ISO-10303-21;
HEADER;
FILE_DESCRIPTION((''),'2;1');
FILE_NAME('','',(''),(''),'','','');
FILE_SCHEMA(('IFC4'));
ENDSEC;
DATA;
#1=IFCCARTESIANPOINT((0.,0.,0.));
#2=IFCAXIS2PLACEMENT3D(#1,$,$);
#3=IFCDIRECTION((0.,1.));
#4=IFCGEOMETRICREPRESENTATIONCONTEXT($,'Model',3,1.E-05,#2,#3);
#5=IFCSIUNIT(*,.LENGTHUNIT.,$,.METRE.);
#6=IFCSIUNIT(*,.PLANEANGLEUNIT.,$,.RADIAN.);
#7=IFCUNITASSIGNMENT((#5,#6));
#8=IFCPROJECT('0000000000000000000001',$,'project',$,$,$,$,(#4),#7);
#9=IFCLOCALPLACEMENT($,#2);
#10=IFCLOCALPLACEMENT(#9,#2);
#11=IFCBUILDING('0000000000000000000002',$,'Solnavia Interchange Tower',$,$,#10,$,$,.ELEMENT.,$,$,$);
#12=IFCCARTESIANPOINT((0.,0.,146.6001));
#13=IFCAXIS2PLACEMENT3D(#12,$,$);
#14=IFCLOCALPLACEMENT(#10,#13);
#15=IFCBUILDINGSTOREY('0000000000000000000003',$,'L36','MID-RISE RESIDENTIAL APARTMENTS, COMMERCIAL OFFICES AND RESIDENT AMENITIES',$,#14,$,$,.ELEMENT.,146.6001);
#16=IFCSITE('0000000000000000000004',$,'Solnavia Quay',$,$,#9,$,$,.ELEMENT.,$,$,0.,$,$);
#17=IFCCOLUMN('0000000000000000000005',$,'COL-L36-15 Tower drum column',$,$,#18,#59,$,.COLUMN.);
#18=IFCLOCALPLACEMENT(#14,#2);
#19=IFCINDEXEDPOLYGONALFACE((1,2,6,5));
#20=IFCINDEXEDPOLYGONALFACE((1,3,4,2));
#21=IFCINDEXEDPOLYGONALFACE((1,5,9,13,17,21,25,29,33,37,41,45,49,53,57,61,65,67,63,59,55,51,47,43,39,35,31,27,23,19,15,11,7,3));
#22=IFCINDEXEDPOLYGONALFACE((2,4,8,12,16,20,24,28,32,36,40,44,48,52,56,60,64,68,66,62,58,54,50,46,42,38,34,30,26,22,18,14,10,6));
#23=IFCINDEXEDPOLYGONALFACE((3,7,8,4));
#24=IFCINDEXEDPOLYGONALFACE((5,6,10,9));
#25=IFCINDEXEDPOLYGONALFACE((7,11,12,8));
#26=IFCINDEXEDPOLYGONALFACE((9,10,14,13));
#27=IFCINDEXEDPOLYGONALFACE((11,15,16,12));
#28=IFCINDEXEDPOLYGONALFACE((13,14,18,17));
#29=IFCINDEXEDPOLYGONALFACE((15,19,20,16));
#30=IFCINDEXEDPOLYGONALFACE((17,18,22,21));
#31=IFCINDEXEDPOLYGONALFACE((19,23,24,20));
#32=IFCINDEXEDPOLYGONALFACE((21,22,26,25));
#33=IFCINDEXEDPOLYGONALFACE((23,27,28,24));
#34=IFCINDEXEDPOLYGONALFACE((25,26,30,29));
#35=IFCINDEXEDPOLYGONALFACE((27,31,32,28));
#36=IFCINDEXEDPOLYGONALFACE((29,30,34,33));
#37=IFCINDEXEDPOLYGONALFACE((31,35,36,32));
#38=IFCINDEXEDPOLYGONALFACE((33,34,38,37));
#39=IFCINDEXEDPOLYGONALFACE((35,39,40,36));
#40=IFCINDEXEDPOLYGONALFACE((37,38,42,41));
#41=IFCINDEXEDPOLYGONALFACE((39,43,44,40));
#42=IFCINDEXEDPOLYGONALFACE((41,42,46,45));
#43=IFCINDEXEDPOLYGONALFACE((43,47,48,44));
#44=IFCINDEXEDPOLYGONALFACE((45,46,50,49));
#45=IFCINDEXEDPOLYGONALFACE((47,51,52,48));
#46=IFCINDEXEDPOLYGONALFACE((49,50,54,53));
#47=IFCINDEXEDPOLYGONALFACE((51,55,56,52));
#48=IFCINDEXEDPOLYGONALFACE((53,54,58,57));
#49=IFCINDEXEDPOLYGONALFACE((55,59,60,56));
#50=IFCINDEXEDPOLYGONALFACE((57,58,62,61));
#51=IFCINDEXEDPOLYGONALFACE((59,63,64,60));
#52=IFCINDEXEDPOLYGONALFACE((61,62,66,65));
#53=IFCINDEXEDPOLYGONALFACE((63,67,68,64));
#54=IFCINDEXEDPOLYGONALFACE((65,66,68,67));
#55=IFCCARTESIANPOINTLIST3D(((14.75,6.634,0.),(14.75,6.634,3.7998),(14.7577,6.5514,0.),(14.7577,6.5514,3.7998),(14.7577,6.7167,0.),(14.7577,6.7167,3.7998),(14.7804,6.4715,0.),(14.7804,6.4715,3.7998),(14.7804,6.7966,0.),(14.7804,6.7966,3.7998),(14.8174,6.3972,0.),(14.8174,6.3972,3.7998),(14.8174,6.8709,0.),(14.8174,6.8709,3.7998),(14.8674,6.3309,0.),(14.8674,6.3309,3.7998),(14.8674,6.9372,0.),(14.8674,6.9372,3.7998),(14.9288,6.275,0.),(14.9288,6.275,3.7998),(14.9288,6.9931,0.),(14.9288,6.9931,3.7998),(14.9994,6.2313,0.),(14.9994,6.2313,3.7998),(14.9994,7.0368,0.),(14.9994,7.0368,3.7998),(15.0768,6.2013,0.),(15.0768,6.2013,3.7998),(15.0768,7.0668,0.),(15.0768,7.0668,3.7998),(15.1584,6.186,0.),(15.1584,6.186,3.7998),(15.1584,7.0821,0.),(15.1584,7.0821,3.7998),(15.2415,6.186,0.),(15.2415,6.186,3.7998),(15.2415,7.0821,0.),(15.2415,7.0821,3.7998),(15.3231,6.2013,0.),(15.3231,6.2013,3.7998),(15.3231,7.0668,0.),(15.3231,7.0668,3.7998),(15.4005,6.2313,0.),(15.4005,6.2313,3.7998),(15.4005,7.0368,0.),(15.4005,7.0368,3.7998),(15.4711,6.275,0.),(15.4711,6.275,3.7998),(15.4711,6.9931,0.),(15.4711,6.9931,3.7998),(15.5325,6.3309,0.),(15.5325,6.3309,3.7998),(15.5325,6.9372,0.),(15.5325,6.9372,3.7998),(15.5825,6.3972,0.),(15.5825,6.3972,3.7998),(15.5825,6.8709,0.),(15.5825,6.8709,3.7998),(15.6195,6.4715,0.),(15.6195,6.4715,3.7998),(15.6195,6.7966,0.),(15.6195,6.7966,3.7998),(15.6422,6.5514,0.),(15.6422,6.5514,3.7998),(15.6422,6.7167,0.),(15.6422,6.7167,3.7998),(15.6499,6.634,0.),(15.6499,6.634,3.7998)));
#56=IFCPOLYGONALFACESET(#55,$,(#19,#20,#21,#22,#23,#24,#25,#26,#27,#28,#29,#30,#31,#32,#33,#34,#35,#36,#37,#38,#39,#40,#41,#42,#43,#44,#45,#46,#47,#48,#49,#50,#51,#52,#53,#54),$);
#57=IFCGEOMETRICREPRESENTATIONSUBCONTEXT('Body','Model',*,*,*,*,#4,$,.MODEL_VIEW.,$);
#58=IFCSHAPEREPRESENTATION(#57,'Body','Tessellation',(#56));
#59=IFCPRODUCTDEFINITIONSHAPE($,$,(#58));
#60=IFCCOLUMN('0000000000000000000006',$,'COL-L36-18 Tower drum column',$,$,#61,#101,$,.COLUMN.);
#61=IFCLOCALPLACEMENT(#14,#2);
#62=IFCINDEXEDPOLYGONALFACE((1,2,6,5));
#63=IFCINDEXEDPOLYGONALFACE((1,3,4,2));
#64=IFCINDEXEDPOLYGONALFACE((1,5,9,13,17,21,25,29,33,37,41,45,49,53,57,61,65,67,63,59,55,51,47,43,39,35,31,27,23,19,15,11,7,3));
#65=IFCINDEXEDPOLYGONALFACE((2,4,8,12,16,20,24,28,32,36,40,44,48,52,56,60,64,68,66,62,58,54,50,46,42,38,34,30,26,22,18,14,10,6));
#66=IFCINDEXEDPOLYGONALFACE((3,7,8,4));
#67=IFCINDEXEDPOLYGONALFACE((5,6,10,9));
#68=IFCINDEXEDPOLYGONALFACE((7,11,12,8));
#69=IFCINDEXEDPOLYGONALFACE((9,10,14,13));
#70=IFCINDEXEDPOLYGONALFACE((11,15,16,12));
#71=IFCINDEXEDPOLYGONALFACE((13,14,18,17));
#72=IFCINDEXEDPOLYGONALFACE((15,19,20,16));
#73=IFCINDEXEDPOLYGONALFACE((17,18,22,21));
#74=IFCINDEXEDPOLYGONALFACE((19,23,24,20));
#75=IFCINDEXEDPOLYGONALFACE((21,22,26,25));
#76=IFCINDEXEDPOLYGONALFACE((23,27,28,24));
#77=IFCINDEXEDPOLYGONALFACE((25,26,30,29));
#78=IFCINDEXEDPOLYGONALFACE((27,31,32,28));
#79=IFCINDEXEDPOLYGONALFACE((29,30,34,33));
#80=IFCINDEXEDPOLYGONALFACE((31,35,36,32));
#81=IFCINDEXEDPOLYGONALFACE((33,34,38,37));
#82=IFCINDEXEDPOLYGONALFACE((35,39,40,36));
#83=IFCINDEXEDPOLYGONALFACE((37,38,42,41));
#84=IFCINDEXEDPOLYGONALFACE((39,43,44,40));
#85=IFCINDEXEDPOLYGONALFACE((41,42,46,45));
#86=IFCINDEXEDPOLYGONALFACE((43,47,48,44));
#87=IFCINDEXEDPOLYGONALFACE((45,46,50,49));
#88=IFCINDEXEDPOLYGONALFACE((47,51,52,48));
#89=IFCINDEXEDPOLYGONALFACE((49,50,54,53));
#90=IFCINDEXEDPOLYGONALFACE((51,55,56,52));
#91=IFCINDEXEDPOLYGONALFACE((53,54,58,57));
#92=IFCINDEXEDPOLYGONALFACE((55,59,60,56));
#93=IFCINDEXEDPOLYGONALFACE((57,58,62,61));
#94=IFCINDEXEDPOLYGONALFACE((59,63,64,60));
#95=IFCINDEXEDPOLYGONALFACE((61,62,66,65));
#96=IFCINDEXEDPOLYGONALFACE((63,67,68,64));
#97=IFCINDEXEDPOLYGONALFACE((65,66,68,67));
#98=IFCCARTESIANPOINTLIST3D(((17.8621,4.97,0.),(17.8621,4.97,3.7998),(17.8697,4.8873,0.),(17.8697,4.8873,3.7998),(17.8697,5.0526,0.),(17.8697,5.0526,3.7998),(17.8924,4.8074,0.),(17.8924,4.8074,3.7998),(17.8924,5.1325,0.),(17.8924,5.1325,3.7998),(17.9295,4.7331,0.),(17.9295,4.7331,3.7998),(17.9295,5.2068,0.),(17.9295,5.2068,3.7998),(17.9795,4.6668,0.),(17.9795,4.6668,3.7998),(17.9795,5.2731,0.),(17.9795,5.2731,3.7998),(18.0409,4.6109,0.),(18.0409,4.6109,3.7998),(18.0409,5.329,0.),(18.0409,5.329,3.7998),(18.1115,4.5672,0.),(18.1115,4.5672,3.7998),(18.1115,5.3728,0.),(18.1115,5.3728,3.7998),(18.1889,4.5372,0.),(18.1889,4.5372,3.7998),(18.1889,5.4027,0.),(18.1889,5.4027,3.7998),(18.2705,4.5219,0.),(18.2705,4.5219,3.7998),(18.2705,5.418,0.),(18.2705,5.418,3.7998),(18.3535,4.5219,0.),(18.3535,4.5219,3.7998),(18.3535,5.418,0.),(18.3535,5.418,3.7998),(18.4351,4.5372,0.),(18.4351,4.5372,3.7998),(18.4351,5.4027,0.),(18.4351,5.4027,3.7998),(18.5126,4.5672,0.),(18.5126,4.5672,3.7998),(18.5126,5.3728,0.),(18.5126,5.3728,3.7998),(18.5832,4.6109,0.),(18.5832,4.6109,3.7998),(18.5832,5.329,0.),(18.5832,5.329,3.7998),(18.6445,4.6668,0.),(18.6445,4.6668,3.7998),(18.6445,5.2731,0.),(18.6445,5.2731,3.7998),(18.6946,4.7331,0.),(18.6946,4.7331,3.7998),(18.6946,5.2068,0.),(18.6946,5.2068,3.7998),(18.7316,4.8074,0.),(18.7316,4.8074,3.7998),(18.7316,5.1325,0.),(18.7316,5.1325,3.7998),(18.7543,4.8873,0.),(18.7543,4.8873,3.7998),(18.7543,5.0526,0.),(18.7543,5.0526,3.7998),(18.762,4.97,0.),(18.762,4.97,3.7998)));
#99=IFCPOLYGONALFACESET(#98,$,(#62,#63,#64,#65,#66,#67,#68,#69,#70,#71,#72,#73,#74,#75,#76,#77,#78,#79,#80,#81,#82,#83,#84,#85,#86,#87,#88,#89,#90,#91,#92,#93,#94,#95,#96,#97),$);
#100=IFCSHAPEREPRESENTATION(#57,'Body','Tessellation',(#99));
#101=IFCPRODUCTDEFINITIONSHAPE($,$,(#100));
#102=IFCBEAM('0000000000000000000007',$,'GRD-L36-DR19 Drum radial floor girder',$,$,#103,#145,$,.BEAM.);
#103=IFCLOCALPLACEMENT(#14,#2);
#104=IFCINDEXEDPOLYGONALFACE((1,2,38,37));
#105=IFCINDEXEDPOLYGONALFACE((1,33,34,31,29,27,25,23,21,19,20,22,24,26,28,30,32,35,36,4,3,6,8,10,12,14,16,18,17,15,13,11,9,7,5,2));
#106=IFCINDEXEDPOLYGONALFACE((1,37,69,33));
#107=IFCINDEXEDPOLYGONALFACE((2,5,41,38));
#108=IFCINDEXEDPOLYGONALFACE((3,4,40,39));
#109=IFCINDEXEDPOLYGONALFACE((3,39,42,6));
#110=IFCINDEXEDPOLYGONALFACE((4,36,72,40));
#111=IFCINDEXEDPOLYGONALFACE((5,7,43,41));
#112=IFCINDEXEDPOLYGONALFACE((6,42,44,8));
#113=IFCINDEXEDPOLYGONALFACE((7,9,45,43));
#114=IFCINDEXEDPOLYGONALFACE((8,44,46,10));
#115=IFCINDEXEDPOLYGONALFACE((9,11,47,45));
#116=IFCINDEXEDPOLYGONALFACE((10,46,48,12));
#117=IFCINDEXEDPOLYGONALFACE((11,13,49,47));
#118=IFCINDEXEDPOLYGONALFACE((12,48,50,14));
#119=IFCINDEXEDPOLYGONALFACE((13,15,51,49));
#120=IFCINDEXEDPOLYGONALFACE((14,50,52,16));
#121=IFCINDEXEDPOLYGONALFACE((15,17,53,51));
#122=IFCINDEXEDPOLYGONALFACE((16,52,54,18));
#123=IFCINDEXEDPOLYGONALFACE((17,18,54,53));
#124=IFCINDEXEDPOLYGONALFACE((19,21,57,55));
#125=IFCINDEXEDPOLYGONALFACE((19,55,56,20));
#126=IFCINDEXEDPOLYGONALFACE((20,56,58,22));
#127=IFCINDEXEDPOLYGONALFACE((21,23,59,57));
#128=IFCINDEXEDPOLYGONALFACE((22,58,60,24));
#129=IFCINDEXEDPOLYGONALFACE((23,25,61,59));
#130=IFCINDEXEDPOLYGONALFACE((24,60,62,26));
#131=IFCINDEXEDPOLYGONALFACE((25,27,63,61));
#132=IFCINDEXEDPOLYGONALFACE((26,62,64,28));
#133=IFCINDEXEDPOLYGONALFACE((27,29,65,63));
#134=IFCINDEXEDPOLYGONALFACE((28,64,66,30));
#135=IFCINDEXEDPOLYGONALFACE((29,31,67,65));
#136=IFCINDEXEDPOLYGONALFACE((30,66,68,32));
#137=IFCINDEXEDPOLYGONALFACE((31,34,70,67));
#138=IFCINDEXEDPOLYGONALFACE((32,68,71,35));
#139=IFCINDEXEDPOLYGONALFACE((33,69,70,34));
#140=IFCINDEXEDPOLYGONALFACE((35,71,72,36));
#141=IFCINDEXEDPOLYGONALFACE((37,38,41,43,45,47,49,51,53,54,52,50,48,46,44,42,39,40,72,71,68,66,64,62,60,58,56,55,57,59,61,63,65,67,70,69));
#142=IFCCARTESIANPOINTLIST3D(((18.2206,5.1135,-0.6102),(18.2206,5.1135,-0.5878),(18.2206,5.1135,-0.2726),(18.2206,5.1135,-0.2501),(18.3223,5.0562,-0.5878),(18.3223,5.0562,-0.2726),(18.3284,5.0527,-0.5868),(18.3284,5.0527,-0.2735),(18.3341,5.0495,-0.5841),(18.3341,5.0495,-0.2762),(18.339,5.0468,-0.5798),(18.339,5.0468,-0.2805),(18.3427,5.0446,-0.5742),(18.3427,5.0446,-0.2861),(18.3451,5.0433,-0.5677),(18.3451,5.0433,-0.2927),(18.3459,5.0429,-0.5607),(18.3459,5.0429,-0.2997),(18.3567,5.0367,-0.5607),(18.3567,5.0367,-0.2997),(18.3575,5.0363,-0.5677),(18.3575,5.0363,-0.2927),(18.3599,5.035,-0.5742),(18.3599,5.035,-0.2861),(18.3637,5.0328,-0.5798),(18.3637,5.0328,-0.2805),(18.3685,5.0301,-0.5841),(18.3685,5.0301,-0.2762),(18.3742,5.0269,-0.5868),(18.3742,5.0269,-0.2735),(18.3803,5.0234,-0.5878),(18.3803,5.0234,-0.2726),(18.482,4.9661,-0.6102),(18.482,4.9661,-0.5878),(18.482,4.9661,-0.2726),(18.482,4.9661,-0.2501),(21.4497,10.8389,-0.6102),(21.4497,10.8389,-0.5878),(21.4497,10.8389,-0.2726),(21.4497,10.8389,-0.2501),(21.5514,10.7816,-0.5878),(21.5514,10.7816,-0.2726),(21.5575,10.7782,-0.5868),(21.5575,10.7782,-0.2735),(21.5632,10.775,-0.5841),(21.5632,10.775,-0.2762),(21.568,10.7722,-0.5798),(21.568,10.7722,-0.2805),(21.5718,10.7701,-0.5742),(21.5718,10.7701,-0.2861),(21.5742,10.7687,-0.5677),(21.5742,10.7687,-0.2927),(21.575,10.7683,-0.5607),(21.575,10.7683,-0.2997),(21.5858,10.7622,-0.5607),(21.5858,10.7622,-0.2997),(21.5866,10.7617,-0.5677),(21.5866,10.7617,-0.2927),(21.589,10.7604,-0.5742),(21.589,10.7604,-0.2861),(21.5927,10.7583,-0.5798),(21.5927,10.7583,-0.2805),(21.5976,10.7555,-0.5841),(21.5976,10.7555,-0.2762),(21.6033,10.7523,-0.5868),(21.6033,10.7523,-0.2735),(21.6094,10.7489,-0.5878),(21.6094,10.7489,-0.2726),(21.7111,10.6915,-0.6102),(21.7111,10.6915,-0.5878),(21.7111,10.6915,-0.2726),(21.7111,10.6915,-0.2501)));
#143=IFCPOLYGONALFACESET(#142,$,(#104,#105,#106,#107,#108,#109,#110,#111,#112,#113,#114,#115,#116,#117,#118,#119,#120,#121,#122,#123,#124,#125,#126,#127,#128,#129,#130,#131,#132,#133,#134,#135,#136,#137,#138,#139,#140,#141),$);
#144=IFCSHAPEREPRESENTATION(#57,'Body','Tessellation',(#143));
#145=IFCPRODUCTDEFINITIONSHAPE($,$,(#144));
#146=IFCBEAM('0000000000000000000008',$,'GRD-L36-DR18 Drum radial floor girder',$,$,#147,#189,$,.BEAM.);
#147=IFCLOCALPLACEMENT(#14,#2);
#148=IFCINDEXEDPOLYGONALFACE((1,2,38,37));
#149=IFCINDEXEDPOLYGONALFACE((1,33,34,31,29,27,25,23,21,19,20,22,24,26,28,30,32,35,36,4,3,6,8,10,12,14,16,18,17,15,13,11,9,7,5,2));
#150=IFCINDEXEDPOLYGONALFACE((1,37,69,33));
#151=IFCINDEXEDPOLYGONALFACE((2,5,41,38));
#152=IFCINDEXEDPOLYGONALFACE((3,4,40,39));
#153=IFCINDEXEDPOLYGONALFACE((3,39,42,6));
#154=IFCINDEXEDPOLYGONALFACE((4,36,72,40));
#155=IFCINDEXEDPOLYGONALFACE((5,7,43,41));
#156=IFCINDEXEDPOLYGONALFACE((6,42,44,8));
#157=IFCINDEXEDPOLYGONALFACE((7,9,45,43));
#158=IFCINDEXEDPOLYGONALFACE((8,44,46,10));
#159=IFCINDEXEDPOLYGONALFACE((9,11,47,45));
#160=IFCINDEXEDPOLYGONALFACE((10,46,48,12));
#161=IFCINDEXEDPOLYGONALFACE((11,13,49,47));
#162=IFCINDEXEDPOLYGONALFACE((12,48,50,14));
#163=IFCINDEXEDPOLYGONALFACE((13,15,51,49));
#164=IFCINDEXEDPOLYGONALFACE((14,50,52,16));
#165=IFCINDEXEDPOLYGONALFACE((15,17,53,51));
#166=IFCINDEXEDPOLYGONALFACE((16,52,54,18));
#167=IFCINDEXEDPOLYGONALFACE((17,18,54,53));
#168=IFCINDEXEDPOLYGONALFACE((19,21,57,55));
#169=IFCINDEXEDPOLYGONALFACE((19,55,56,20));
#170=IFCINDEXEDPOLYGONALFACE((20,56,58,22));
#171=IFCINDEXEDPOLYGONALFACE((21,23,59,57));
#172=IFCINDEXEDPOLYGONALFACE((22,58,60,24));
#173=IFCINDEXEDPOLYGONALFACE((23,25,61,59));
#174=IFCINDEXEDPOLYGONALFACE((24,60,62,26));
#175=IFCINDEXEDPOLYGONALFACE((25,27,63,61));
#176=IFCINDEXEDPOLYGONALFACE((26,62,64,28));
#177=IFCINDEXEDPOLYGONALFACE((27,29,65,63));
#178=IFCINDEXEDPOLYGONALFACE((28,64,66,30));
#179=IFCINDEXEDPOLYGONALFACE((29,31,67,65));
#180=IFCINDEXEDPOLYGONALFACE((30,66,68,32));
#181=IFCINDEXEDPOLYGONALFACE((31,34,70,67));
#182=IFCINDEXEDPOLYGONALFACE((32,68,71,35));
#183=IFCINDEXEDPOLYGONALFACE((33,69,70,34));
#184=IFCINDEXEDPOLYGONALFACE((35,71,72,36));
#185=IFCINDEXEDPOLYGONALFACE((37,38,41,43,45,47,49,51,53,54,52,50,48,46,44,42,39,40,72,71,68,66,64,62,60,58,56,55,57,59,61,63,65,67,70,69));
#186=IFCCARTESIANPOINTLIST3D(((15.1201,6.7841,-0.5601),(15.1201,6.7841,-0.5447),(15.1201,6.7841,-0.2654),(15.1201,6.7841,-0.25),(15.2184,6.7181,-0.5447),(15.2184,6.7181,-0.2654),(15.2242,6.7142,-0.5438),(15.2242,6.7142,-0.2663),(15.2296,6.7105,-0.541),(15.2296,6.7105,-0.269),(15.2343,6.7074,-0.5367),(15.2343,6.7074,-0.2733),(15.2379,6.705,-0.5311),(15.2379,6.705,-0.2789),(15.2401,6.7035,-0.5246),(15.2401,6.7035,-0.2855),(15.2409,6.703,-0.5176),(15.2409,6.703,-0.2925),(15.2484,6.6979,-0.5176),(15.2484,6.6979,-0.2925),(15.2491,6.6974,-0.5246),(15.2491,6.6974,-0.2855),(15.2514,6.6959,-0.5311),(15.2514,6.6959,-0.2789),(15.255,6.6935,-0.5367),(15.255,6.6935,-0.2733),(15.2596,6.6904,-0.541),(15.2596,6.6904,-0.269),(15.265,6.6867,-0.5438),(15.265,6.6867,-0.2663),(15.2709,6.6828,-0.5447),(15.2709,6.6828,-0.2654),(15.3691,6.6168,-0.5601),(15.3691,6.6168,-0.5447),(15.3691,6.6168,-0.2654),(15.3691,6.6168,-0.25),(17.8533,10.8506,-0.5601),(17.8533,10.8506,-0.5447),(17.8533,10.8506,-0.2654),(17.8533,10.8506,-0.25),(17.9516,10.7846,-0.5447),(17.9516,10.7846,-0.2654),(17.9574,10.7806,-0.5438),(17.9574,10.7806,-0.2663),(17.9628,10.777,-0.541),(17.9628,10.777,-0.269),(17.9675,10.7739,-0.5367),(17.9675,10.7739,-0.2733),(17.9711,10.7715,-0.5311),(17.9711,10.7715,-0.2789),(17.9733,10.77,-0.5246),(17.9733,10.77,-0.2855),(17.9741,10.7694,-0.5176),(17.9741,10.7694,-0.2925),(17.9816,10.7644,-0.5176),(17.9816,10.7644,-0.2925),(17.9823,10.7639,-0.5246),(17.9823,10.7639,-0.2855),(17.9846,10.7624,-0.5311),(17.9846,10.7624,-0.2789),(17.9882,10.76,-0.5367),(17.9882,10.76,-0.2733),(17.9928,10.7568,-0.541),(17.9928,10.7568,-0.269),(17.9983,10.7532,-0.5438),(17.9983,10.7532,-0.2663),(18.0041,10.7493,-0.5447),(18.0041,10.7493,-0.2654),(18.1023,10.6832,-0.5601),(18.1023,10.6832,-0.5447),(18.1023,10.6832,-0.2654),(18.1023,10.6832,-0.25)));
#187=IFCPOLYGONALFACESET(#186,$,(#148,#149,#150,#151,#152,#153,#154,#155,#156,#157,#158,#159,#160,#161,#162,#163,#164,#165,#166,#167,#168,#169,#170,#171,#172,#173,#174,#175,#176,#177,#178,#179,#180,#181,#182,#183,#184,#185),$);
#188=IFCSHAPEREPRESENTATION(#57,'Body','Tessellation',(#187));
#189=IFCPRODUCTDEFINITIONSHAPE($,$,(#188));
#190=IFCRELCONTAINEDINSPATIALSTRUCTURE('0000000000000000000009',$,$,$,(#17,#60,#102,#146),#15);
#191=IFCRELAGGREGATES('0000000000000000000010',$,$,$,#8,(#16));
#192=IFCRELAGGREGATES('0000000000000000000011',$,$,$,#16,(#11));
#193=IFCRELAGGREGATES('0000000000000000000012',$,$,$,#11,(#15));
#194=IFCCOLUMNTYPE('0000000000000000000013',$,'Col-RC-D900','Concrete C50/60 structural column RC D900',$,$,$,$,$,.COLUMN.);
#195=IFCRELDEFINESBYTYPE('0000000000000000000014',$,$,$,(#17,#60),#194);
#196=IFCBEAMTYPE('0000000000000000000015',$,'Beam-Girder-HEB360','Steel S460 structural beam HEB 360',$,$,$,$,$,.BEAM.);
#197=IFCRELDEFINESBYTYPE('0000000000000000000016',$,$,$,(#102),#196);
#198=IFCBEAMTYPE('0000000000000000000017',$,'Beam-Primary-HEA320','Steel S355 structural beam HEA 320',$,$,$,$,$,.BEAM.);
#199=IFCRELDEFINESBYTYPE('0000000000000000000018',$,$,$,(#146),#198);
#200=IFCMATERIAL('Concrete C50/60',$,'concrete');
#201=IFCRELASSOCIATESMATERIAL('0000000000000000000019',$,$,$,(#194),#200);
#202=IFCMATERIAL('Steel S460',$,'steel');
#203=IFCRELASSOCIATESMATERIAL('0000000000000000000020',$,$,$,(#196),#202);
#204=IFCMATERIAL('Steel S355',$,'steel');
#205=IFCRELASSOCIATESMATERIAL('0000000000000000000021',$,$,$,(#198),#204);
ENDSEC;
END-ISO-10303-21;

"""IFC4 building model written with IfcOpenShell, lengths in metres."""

from ifc_helpers import new_model, si_unit, direction, frame, origin, origin_2d, place, context, subcontext, project, spatial, circle, i_section, extrude, material, material_profile, profile_set, type_object, element, save


model = new_model("IFC4")

# Units and contexts
model_context = context("Model", 3, precision=1e-05, world=origin(), true_north=direction((0.0, 1.0)))
body_context = subcontext(model_context, "Body", "Model", "MODEL_VIEW")
ifc_project = project(units=[si_unit("LENGTHUNIT", "METRE"), si_unit("PLANEANGLEUNIT", "RADIAN")], contexts=[model_context])

# Site, building, storey
site_placement = place(None, origin())
site = spatial("IfcSite", under=ifc_project, at=site_placement, Name="Solnavia Quay", CompositionType="ELEMENT", RefElevation=0.0)
building_placement = place(site_placement, origin())
building = spatial("IfcBuilding", under=site, at=building_placement, Name="Solnavia Interchange Tower", CompositionType="ELEMENT")
storey_placement = place(building_placement, frame((0.0, 0.0, 146.6001)))
storey = spatial("IfcBuildingStorey", under=building, at=storey_placement, Name="L36", Description="MID-RISE RESIDENTIAL APARTMENTS, COMMERCIAL OFFICES AND RESIDENT AMENITIES", CompositionType="ELEMENT", Elevation=146.6001)

# Columns
ifc_material_1 = material(Name="Concrete C50/60", Category="concrete")
ifc_material_profile_1 = material_profile(ifc_material_1, circle(Radius=0.45, at=origin_2d()), Name="RC D900")
ifc_profile_set_1 = profile_set([ifc_material_profile_1], Name="Concrete C50/60")
column_type = type_object("IfcColumnType", Name="Col-RC-D900", Description="Concrete C50/60 structural column RC D900", PredefinedType="COLUMN", material=ifc_profile_set_1)
for number, where, z_axis, x_axis, name in (
    (1, (15.2, 6.634, 0.0), (0.0, 0.0, 1.0), (1.0, 0.0, 0.0), "COL-L36-15 Tower drum column"),
    (2, (18.312, 4.97, 0.0), (0.0, 0.0, 1.0), (1.0, 0.0, 0.0), "COL-L36-18 Tower drum column"),
):
    element("IfcColumn", number, at=place(storey_placement, frame(where, z_axis=z_axis, x_axis=x_axis)), inside=storey, type_object=column_type, Name=name, PredefinedType="COLUMN", context=body_context, shape_type="SweptSolid", body=[
        extrude(circle(Radius=0.45, at=origin_2d()), origin(), (0.0, 0.0, 1.0), 3.7998),
    ])

# Beams
ifc_material_2 = material(Name="Steel S460", Category="steel")
ifc_material_profile_2 = material_profile(ifc_material_2, i_section(OverallWidth=0.3, OverallDepth=0.3601, WebThickness=0.0125, FlangeThickness=0.0225, FilletRadius=0.0271, at=origin_2d()), Name="HEB 360")
ifc_profile_set_2 = profile_set([ifc_material_profile_2], Name="Steel S460")
beam_type_1 = type_object("IfcBeamType", Name="Beam-Girder-HEB360", Description="Steel S460 structural beam HEB 360", PredefinedType="BEAM", material=ifc_profile_set_2)
beam_1_placement = place(storey_placement, frame((18.3513, 5.0398, -0.4302), z_axis=(0.491243, 0.871022, 0.0), x_axis=(-0.871022, 0.491243, 0.0)))
element("IfcBeam", 3, at=beam_1_placement, inside=storey, type_object=beam_type_1, Name="GRD-L36-DR19 Drum radial floor girder", PredefinedType="BEAM", context=body_context, shape_type="SweptSolid", body=[
    extrude(i_section(OverallWidth=0.3, OverallDepth=0.3601, WebThickness=0.0125, FlangeThickness=0.0225, FilletRadius=0.0271, at=origin_2d()), origin(), (0.0, 0.0, 1.0), 6.5732),
])
ifc_material_3 = material(Name="Steel S355", Category="steel")
ifc_material_profile_3 = material_profile(ifc_material_3, i_section(OverallWidth=0.3, OverallDepth=0.3101, WebThickness=0.009, FlangeThickness=0.0154, FilletRadius=0.0271, at=origin_2d()), Name="HEA 320")
ifc_profile_set_3 = profile_set([ifc_material_profile_3], Name="Steel S355")
beam_type_2 = type_object("IfcBeamType", Name="Beam-Primary-HEA320", Description="Steel S355 structural beam HEA 320", PredefinedType="BEAM", material=ifc_profile_set_3)
beam_2_placement = place(storey_placement, frame((15.2446, 6.7004, -0.405), z_axis=(0.557835, 0.829952, 0.0), x_axis=(-0.829952, 0.557835, 0.0)))
element("IfcBeam", 4, at=beam_2_placement, inside=storey, type_object=beam_type_2, Name="GRD-L36-DR18 Drum radial floor girder", PredefinedType="BEAM", context=body_context, shape_type="SweptSolid", body=[
    extrude(i_section(OverallWidth=0.3, OverallDepth=0.3101, WebThickness=0.009, FlangeThickness=0.0154, FilletRadius=0.0271, at=origin_2d()), origin(), (0.0, 0.0, 1.0), 4.8997),
])

save(model, "model.ifc")
